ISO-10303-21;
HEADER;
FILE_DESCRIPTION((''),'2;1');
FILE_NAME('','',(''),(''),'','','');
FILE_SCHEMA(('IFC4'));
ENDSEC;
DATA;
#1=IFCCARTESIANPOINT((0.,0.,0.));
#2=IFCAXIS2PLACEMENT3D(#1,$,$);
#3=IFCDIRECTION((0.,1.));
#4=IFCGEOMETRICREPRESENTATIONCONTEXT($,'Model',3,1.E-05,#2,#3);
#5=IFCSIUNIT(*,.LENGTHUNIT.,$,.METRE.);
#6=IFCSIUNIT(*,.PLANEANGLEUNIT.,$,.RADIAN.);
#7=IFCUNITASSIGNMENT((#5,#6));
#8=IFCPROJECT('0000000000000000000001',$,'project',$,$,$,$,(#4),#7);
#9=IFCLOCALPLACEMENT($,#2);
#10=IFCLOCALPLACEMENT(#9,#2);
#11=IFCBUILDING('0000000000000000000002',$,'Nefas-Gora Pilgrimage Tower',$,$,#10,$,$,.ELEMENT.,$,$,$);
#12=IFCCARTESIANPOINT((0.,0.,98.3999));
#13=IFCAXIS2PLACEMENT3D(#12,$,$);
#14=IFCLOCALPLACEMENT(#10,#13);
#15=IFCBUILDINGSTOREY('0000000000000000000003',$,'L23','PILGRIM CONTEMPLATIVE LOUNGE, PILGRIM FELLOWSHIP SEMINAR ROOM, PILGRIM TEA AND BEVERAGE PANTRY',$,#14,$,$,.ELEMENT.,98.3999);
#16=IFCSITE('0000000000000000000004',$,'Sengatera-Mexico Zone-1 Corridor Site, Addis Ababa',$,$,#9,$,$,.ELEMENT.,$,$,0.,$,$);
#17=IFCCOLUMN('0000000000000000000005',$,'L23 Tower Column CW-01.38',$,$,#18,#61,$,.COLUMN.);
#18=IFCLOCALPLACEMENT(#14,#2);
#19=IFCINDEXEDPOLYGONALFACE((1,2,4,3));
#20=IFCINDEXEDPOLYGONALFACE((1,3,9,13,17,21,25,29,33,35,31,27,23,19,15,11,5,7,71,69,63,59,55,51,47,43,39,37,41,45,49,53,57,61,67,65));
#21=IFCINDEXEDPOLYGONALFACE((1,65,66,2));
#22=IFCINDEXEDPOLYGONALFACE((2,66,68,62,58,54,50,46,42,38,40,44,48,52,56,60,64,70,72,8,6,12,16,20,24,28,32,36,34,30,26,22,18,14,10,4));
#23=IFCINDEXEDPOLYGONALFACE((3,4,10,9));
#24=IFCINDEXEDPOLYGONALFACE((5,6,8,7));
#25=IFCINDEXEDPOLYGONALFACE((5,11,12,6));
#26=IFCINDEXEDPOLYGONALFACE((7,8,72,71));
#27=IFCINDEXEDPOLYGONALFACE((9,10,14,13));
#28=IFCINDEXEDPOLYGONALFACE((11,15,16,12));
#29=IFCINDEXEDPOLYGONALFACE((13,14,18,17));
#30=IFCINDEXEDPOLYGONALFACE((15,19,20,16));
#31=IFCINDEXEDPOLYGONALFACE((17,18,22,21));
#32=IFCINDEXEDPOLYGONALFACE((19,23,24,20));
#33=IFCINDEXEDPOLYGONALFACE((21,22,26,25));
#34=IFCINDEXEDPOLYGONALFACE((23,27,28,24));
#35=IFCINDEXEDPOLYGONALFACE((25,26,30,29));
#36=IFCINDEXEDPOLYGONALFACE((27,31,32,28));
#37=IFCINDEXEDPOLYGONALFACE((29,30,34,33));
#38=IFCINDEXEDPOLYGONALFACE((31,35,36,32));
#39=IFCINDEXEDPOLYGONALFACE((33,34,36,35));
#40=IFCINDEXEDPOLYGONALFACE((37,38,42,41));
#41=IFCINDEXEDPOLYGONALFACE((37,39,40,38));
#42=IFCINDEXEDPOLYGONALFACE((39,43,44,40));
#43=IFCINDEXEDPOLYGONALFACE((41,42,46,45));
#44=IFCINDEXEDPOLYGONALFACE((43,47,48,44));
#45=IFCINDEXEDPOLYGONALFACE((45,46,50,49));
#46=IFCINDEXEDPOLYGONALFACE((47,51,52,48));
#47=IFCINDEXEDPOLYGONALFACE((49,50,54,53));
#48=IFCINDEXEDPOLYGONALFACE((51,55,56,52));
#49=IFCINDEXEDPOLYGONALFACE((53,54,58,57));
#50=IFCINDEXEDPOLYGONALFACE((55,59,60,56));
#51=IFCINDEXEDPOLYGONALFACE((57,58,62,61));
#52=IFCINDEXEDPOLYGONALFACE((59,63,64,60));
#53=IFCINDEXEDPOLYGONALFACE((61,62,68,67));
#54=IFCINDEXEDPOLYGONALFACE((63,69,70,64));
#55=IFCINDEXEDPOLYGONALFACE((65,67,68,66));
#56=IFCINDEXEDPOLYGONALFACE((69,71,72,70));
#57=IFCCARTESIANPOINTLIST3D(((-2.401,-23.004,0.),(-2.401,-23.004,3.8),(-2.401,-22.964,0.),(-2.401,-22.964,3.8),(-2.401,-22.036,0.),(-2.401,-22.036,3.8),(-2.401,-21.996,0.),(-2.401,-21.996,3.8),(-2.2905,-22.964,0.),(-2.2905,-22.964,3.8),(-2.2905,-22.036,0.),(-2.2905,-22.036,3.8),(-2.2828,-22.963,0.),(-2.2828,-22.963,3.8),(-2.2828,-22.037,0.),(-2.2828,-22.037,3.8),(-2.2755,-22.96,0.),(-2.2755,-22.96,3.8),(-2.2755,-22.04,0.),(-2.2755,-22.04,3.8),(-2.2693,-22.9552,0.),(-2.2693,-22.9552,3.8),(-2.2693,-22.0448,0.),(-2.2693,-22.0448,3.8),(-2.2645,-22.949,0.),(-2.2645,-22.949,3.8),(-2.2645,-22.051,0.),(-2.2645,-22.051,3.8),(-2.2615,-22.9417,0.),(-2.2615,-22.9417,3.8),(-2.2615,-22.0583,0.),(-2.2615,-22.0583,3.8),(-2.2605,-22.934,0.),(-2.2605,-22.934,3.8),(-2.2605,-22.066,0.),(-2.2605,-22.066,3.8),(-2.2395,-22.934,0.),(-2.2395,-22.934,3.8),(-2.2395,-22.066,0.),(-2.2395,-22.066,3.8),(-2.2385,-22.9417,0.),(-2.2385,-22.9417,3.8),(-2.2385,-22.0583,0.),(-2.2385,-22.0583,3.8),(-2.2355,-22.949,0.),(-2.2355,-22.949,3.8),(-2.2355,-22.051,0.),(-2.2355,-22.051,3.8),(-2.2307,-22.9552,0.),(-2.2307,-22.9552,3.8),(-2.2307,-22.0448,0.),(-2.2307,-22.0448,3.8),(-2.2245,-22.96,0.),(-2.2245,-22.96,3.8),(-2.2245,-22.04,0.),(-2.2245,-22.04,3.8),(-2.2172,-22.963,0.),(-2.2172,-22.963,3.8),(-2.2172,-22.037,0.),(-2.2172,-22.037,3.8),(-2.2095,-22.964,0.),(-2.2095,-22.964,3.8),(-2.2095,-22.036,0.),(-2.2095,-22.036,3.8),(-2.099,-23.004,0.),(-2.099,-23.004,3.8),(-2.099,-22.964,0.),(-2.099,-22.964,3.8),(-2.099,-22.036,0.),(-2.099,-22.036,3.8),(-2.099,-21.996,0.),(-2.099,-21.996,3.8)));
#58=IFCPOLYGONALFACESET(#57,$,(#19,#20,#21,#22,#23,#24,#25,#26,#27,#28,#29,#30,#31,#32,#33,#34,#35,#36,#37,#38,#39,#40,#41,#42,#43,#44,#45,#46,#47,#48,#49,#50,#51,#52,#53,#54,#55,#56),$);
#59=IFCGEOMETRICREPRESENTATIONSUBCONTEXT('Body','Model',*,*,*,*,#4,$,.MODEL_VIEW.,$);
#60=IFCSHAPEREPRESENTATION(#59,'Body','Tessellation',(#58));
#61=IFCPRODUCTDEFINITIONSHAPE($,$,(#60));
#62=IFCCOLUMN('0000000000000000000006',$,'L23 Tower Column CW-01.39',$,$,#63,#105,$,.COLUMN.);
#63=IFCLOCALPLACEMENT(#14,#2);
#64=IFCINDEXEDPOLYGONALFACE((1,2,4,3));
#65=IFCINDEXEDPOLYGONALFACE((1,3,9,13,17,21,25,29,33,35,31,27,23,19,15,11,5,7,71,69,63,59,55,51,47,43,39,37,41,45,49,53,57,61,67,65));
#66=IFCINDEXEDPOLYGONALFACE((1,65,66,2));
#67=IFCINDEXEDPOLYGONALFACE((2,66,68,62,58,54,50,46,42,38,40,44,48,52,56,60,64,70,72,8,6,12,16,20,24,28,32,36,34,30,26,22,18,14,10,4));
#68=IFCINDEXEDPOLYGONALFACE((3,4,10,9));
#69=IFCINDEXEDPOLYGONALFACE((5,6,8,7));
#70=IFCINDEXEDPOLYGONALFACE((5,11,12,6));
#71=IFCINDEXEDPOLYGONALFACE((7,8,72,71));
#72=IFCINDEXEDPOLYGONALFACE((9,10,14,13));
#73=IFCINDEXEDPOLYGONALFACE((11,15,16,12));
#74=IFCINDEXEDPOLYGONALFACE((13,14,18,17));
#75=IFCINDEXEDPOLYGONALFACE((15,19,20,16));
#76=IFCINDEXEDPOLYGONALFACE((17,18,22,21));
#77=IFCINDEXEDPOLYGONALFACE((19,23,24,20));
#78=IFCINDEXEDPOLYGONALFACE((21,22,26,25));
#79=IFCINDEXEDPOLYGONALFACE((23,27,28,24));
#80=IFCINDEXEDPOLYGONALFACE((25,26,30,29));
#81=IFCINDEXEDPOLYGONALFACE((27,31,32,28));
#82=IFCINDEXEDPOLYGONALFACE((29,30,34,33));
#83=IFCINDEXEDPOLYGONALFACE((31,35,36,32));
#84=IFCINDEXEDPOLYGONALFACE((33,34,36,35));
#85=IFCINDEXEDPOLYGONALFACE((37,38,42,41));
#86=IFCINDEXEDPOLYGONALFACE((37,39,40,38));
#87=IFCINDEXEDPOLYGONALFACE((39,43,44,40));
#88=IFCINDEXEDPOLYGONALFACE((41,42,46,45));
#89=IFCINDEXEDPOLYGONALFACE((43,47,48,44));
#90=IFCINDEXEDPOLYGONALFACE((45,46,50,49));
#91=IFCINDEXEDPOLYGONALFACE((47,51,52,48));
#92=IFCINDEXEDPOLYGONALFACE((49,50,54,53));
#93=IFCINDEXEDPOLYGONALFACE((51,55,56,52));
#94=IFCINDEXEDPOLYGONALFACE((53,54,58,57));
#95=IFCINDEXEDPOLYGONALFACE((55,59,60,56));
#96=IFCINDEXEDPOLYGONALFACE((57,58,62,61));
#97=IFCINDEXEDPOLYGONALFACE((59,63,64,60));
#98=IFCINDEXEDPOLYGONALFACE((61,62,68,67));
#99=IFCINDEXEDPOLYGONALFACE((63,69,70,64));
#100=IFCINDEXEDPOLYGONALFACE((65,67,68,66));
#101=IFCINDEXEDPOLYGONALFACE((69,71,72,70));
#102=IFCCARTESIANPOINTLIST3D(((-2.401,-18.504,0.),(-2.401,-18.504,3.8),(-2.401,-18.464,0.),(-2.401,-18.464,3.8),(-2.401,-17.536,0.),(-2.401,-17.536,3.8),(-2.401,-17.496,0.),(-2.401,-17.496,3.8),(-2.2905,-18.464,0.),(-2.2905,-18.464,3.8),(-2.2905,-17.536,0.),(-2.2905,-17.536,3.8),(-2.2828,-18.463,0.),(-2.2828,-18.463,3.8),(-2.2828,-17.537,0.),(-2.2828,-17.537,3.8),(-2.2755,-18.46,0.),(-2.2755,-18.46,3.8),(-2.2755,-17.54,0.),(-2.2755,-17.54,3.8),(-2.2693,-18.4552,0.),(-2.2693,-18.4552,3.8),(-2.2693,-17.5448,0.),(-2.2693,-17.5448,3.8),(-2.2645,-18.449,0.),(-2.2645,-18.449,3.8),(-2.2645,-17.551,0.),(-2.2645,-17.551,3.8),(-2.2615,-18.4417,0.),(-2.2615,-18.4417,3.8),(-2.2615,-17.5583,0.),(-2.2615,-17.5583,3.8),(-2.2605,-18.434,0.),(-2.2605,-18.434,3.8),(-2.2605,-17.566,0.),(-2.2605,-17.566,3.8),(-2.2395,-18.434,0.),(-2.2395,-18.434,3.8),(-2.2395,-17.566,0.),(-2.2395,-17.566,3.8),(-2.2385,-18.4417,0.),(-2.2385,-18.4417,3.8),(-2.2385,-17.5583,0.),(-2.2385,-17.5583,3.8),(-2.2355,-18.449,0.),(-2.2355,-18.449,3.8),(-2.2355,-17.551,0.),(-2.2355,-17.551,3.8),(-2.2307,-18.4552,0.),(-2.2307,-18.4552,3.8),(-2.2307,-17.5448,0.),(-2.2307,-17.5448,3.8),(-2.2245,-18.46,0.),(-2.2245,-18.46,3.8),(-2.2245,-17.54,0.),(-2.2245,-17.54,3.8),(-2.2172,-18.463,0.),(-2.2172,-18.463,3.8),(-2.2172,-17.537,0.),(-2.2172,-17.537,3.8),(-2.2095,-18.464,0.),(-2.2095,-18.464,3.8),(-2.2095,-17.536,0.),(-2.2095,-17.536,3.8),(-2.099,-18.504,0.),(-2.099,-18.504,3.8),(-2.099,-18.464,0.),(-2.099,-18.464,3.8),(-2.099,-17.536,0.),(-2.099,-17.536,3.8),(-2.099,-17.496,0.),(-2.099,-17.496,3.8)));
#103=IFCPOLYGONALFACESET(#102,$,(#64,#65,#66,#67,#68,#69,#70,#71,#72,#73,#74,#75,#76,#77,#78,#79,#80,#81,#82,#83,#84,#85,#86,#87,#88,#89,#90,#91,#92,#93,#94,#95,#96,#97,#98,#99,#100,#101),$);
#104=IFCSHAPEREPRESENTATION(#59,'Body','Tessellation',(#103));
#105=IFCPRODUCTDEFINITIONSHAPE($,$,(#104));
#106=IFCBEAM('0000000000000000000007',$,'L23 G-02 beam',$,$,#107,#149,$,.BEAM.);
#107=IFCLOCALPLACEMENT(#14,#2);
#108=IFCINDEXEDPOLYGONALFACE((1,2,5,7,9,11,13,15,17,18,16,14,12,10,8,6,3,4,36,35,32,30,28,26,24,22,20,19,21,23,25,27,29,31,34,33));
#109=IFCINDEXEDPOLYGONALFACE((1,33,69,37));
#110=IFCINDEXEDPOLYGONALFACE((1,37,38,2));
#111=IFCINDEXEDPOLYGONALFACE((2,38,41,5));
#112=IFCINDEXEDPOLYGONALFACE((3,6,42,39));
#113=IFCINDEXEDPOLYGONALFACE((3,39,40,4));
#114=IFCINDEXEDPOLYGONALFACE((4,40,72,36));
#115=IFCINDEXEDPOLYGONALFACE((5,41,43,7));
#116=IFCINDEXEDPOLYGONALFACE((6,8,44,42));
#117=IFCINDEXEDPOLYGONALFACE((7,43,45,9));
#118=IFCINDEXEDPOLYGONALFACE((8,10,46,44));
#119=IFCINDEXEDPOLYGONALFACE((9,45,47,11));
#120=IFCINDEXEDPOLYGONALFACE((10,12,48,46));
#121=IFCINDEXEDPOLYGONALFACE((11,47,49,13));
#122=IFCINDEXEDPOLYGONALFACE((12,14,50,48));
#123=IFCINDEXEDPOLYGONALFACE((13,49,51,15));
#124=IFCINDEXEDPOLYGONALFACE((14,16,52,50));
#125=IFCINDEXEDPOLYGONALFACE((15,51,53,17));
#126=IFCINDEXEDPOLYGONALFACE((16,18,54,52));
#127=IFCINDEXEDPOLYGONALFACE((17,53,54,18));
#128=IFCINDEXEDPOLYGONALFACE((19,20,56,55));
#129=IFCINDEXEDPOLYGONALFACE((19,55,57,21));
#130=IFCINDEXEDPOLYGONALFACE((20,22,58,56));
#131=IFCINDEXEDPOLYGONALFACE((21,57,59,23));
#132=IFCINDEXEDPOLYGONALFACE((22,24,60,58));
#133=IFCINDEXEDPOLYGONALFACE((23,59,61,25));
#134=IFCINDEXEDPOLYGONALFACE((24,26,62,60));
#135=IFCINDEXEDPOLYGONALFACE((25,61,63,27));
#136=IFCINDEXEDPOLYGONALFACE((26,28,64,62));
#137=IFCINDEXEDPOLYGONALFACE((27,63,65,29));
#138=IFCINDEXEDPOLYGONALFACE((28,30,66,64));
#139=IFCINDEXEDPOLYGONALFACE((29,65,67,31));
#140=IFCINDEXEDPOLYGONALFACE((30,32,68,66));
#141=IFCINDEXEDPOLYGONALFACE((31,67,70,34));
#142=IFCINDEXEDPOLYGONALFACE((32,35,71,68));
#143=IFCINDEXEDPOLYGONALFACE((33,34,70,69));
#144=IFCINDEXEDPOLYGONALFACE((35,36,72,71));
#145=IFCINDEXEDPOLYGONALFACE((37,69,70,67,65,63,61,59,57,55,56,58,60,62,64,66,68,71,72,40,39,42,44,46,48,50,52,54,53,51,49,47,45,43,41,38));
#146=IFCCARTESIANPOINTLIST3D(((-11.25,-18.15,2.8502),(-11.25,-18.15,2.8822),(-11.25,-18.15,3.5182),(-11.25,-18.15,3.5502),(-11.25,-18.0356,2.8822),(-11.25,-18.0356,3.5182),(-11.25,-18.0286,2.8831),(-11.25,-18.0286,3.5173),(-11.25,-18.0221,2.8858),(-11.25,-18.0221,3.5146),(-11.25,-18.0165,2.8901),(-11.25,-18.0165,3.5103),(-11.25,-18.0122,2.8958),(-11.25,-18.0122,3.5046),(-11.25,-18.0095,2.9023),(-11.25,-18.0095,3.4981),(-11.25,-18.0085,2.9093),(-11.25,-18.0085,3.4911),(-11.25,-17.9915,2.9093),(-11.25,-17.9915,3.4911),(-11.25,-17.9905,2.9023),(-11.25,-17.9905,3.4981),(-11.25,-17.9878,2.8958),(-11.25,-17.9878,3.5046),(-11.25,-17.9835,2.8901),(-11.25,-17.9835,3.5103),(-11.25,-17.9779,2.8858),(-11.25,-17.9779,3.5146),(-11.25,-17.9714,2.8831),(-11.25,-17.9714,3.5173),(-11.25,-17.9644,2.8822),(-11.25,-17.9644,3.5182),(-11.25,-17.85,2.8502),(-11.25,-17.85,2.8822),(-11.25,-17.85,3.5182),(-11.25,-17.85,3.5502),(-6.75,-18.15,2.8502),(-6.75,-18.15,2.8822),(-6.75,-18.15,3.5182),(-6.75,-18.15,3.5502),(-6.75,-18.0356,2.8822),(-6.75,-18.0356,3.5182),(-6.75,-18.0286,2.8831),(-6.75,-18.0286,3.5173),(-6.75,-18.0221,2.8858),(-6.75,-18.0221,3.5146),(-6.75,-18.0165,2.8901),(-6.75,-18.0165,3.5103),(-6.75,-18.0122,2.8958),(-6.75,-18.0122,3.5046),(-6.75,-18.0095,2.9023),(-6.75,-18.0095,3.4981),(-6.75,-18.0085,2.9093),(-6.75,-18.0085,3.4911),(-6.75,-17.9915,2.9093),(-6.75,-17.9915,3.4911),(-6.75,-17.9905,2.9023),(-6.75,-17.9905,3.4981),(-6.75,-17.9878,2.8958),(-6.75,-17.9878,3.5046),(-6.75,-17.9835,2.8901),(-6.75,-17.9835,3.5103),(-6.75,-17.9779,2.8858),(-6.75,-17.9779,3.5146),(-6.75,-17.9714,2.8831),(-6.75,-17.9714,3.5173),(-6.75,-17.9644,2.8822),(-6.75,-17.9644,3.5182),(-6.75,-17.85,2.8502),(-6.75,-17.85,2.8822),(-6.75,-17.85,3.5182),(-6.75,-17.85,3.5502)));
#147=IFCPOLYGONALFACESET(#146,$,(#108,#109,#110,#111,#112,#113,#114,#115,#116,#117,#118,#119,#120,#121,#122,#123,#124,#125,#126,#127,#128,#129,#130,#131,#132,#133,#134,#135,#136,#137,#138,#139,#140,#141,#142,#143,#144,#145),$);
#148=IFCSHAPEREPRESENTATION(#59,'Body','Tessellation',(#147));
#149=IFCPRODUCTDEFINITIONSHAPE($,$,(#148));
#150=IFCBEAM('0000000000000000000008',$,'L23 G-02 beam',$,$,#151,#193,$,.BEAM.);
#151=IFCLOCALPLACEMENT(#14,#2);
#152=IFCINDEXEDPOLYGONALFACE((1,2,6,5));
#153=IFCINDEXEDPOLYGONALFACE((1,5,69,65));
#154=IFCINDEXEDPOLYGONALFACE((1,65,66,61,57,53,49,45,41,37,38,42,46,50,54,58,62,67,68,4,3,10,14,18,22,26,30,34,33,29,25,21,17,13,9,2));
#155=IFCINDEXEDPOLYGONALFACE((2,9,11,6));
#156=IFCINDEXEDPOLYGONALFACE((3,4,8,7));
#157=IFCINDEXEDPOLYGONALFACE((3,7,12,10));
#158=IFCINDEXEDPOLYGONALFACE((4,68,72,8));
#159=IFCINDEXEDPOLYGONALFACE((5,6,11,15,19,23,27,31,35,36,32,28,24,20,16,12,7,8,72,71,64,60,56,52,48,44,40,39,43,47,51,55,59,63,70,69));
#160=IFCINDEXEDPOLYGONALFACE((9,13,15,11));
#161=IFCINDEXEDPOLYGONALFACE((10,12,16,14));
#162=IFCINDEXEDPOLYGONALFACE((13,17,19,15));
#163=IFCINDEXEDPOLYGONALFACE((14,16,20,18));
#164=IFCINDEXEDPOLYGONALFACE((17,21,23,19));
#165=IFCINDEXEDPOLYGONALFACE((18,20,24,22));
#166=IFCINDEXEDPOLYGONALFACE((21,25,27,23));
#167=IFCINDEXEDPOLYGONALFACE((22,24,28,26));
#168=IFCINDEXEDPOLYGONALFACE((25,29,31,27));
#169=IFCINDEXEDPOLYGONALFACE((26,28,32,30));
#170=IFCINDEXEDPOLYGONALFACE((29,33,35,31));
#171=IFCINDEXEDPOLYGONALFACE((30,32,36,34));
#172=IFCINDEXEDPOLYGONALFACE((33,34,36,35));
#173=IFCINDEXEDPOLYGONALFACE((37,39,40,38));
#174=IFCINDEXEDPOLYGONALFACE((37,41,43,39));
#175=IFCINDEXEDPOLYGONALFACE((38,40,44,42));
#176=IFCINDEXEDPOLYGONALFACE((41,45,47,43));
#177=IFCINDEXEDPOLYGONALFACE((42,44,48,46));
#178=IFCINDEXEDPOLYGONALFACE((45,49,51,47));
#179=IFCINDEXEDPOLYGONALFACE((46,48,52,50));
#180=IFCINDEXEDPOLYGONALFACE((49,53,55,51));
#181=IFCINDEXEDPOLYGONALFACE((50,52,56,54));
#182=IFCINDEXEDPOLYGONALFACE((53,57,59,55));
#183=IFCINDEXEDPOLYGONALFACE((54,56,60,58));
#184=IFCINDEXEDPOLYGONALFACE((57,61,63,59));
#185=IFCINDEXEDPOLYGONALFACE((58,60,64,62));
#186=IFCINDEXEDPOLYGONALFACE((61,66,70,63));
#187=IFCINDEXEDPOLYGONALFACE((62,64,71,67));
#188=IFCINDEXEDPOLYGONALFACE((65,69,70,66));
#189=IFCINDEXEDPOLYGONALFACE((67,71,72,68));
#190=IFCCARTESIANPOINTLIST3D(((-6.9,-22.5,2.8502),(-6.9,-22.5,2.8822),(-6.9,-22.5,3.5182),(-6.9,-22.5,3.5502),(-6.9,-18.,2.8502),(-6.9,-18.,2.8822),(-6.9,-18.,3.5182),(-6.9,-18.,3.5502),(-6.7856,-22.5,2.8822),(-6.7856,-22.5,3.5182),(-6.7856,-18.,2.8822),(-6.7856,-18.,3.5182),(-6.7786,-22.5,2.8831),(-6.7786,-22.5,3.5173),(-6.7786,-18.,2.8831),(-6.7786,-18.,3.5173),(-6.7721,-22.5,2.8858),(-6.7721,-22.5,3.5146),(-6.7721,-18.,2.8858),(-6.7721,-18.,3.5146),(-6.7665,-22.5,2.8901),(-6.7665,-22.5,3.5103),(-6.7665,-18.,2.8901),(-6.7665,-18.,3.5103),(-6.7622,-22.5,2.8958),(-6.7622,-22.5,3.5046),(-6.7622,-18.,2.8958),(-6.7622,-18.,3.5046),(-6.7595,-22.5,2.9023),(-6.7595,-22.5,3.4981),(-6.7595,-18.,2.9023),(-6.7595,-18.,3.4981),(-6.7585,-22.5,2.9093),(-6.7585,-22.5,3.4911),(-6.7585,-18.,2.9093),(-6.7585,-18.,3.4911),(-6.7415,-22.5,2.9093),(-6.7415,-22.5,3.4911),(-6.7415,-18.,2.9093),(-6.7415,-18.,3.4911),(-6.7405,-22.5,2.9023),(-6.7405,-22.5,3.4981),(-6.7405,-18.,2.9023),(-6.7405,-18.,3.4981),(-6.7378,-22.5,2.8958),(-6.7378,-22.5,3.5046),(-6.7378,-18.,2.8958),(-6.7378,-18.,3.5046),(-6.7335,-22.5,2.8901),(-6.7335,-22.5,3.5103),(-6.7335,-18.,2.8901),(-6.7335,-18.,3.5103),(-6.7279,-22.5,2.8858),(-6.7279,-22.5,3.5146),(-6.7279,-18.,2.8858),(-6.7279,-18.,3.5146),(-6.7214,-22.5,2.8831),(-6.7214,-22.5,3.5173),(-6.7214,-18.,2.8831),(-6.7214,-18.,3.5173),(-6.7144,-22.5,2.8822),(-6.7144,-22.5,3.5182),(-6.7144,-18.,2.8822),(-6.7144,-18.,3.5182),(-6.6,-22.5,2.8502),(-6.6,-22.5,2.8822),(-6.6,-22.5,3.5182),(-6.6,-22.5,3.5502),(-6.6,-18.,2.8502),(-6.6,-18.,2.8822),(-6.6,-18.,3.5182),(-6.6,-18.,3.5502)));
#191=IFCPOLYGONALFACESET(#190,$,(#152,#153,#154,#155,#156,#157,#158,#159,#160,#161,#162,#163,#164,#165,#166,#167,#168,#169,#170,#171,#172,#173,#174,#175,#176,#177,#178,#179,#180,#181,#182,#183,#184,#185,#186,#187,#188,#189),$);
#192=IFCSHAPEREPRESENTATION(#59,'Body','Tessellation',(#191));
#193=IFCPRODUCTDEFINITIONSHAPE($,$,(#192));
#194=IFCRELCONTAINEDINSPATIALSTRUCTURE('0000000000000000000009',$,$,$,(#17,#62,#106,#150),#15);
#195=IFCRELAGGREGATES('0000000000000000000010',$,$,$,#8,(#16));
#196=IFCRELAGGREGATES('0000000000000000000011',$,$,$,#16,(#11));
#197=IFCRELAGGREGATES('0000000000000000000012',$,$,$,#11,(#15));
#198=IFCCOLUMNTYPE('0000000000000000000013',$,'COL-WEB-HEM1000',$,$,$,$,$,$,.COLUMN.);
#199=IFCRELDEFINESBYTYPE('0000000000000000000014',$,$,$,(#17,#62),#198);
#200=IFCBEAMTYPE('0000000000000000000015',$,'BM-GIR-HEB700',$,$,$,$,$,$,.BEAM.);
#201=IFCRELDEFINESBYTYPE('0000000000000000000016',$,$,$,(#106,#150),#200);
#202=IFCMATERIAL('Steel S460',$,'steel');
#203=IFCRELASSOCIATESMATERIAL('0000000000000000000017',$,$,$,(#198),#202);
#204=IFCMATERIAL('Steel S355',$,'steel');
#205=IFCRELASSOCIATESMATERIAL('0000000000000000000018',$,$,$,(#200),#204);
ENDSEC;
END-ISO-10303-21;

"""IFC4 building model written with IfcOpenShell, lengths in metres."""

from ifc_helpers import new_model, si_unit, direction, frame, origin, origin_2d, place, context, subcontext, project, spatial, i_section, extrude, source, transform, mapped, material, material_profile, profile_set, type_object, element, save


model = new_model("IFC4")

# Units and contexts
model_context = context("Model", 3, precision=1e-05, world=origin(), true_north=direction((0.0, 1.0)))
body_context = subcontext(model_context, "Body", "Model", "MODEL_VIEW")
ifc_project = project(units=[si_unit("LENGTHUNIT", "METRE"), si_unit("PLANEANGLEUNIT", "RADIAN")], contexts=[model_context])

# Site, building, storey
site_placement = place(None, origin())
site = spatial("IfcSite", under=ifc_project, at=site_placement, Name="Sengatera-Mexico Zone-1 Corridor Site, Addis Ababa", CompositionType="ELEMENT", RefElevation=0.0)
building_placement = place(site_placement, origin())
building = spatial("IfcBuilding", under=site, at=building_placement, Name="Nefas-Gora Pilgrimage Tower", CompositionType="ELEMENT")
storey_placement = place(building_placement, frame((0.0, 0.0, 98.3999)))
storey = spatial("IfcBuildingStorey", under=building, at=storey_placement, Name="L23", Description="PILGRIM CONTEMPLATIVE LOUNGE, PILGRIM FELLOWSHIP SEMINAR ROOM, PILGRIM TEA AND BEVERAGE PANTRY", CompositionType="ELEMENT", Elevation=98.3999)

# Columns
ifc_material_1 = material(Name="Steel S460", Category="steel")
ifc_material_profile_1 = material_profile(ifc_material_1, i_section(OverallWidth=0.302, OverallDepth=1.0081, WebThickness=0.021, FlangeThickness=0.04, FilletRadius=0.03, at=origin_2d()), Name="HEM 1000")
ifc_profile_set_1 = profile_set([ifc_material_profile_1], Name="Steel S460")
column_type_1 = type_object("IfcColumnType", Name="COL-WEB-HEM1000", PredefinedType="COLUMN", material=ifc_profile_set_1)
shared_shape_1 = source(origin(), body_context, "Body", "SweptSolid", [
    extrude(i_section(OverallWidth=0.302, OverallDepth=1.0081, WebThickness=0.021, FlangeThickness=0.04, FilletRadius=0.03, at=origin_2d()), origin(), (0.0, 0.0, 1.0), 3.8),
])
for number, where, z_axis, x_axis, name in (
    (1, (-2.25, -22.5, 0.0), (0.0, 0.0, 1.0), (1.0, 0.0, 0.0), "L23 Tower Column CW-01.38"),
    (2, (-2.25, -18.0, 0.0), (0.0, 0.0, 1.0), (1.0, 0.0, 0.0), "L23 Tower Column CW-01.39"),
):
    element("IfcColumn", number, at=place(storey_placement, frame(where, z_axis=z_axis, x_axis=x_axis)), inside=storey, type_object=column_type_1, Name=name, PredefinedType="COLUMN", context=body_context, shape_type="MappedRepresentation", body=[
        mapped(shared_shape_1, transform((0.0, 0.0, 0.0), x_axis=(1.0, 0.0, 0.0), y_axis=(0.0, 1.0, 0.0), z_axis=(0.0, 0.0, 1.0), scale=1.0)),
    ])

# Beams
ifc_material_2 = material(Name="Steel S355", Category="steel")
ifc_material_profile_2 = material_profile(ifc_material_2, i_section(OverallWidth=0.3, OverallDepth=0.7, WebThickness=0.0171, FlangeThickness=0.032, FilletRadius=0.0271, at=origin_2d()), Name="HEB 700")
ifc_profile_set_2 = profile_set([ifc_material_profile_2], Name="Steel S355")
beam_type = type_object("IfcBeamType", Name="BM-GIR-HEB700", PredefinedType="BEAM", material=ifc_profile_set_2)
shared_shape_2 = source(origin(), body_context, "Body", "SweptSolid", [
    extrude(i_section(OverallWidth=0.3, OverallDepth=0.7, WebThickness=0.0171, FlangeThickness=0.032, FilletRadius=0.0271, at=origin_2d()), origin(), (0.0, 0.0, 1.0), 4.5),
])
for number, where, z_axis, x_axis, name in (
    (3, (-11.25, -18.0, 3.2002), (1.0, 0.0, 0.0), (0.0, 1.0, 0.0), "L23 G-02 beam"),
    (4, (-6.75, -22.5, 3.2002), (0.0, 1.0, 0.0), (-1.0, 0.0, 0.0), "L23 G-02 beam"),
):
    element("IfcBeam", number, at=place(storey_placement, frame(where, z_axis=z_axis, x_axis=x_axis)), inside=storey, type_object=beam_type, Name=name, PredefinedType="BEAM", context=body_context, shape_type="MappedRepresentation", body=[
        mapped(shared_shape_2, transform((0.0, 0.0, 0.0), x_axis=(1.0, 0.0, 0.0), y_axis=(0.0, 1.0, 0.0), z_axis=(0.0, 0.0, 1.0), scale=1.0)),
    ])

save(model, "model.ifc")
